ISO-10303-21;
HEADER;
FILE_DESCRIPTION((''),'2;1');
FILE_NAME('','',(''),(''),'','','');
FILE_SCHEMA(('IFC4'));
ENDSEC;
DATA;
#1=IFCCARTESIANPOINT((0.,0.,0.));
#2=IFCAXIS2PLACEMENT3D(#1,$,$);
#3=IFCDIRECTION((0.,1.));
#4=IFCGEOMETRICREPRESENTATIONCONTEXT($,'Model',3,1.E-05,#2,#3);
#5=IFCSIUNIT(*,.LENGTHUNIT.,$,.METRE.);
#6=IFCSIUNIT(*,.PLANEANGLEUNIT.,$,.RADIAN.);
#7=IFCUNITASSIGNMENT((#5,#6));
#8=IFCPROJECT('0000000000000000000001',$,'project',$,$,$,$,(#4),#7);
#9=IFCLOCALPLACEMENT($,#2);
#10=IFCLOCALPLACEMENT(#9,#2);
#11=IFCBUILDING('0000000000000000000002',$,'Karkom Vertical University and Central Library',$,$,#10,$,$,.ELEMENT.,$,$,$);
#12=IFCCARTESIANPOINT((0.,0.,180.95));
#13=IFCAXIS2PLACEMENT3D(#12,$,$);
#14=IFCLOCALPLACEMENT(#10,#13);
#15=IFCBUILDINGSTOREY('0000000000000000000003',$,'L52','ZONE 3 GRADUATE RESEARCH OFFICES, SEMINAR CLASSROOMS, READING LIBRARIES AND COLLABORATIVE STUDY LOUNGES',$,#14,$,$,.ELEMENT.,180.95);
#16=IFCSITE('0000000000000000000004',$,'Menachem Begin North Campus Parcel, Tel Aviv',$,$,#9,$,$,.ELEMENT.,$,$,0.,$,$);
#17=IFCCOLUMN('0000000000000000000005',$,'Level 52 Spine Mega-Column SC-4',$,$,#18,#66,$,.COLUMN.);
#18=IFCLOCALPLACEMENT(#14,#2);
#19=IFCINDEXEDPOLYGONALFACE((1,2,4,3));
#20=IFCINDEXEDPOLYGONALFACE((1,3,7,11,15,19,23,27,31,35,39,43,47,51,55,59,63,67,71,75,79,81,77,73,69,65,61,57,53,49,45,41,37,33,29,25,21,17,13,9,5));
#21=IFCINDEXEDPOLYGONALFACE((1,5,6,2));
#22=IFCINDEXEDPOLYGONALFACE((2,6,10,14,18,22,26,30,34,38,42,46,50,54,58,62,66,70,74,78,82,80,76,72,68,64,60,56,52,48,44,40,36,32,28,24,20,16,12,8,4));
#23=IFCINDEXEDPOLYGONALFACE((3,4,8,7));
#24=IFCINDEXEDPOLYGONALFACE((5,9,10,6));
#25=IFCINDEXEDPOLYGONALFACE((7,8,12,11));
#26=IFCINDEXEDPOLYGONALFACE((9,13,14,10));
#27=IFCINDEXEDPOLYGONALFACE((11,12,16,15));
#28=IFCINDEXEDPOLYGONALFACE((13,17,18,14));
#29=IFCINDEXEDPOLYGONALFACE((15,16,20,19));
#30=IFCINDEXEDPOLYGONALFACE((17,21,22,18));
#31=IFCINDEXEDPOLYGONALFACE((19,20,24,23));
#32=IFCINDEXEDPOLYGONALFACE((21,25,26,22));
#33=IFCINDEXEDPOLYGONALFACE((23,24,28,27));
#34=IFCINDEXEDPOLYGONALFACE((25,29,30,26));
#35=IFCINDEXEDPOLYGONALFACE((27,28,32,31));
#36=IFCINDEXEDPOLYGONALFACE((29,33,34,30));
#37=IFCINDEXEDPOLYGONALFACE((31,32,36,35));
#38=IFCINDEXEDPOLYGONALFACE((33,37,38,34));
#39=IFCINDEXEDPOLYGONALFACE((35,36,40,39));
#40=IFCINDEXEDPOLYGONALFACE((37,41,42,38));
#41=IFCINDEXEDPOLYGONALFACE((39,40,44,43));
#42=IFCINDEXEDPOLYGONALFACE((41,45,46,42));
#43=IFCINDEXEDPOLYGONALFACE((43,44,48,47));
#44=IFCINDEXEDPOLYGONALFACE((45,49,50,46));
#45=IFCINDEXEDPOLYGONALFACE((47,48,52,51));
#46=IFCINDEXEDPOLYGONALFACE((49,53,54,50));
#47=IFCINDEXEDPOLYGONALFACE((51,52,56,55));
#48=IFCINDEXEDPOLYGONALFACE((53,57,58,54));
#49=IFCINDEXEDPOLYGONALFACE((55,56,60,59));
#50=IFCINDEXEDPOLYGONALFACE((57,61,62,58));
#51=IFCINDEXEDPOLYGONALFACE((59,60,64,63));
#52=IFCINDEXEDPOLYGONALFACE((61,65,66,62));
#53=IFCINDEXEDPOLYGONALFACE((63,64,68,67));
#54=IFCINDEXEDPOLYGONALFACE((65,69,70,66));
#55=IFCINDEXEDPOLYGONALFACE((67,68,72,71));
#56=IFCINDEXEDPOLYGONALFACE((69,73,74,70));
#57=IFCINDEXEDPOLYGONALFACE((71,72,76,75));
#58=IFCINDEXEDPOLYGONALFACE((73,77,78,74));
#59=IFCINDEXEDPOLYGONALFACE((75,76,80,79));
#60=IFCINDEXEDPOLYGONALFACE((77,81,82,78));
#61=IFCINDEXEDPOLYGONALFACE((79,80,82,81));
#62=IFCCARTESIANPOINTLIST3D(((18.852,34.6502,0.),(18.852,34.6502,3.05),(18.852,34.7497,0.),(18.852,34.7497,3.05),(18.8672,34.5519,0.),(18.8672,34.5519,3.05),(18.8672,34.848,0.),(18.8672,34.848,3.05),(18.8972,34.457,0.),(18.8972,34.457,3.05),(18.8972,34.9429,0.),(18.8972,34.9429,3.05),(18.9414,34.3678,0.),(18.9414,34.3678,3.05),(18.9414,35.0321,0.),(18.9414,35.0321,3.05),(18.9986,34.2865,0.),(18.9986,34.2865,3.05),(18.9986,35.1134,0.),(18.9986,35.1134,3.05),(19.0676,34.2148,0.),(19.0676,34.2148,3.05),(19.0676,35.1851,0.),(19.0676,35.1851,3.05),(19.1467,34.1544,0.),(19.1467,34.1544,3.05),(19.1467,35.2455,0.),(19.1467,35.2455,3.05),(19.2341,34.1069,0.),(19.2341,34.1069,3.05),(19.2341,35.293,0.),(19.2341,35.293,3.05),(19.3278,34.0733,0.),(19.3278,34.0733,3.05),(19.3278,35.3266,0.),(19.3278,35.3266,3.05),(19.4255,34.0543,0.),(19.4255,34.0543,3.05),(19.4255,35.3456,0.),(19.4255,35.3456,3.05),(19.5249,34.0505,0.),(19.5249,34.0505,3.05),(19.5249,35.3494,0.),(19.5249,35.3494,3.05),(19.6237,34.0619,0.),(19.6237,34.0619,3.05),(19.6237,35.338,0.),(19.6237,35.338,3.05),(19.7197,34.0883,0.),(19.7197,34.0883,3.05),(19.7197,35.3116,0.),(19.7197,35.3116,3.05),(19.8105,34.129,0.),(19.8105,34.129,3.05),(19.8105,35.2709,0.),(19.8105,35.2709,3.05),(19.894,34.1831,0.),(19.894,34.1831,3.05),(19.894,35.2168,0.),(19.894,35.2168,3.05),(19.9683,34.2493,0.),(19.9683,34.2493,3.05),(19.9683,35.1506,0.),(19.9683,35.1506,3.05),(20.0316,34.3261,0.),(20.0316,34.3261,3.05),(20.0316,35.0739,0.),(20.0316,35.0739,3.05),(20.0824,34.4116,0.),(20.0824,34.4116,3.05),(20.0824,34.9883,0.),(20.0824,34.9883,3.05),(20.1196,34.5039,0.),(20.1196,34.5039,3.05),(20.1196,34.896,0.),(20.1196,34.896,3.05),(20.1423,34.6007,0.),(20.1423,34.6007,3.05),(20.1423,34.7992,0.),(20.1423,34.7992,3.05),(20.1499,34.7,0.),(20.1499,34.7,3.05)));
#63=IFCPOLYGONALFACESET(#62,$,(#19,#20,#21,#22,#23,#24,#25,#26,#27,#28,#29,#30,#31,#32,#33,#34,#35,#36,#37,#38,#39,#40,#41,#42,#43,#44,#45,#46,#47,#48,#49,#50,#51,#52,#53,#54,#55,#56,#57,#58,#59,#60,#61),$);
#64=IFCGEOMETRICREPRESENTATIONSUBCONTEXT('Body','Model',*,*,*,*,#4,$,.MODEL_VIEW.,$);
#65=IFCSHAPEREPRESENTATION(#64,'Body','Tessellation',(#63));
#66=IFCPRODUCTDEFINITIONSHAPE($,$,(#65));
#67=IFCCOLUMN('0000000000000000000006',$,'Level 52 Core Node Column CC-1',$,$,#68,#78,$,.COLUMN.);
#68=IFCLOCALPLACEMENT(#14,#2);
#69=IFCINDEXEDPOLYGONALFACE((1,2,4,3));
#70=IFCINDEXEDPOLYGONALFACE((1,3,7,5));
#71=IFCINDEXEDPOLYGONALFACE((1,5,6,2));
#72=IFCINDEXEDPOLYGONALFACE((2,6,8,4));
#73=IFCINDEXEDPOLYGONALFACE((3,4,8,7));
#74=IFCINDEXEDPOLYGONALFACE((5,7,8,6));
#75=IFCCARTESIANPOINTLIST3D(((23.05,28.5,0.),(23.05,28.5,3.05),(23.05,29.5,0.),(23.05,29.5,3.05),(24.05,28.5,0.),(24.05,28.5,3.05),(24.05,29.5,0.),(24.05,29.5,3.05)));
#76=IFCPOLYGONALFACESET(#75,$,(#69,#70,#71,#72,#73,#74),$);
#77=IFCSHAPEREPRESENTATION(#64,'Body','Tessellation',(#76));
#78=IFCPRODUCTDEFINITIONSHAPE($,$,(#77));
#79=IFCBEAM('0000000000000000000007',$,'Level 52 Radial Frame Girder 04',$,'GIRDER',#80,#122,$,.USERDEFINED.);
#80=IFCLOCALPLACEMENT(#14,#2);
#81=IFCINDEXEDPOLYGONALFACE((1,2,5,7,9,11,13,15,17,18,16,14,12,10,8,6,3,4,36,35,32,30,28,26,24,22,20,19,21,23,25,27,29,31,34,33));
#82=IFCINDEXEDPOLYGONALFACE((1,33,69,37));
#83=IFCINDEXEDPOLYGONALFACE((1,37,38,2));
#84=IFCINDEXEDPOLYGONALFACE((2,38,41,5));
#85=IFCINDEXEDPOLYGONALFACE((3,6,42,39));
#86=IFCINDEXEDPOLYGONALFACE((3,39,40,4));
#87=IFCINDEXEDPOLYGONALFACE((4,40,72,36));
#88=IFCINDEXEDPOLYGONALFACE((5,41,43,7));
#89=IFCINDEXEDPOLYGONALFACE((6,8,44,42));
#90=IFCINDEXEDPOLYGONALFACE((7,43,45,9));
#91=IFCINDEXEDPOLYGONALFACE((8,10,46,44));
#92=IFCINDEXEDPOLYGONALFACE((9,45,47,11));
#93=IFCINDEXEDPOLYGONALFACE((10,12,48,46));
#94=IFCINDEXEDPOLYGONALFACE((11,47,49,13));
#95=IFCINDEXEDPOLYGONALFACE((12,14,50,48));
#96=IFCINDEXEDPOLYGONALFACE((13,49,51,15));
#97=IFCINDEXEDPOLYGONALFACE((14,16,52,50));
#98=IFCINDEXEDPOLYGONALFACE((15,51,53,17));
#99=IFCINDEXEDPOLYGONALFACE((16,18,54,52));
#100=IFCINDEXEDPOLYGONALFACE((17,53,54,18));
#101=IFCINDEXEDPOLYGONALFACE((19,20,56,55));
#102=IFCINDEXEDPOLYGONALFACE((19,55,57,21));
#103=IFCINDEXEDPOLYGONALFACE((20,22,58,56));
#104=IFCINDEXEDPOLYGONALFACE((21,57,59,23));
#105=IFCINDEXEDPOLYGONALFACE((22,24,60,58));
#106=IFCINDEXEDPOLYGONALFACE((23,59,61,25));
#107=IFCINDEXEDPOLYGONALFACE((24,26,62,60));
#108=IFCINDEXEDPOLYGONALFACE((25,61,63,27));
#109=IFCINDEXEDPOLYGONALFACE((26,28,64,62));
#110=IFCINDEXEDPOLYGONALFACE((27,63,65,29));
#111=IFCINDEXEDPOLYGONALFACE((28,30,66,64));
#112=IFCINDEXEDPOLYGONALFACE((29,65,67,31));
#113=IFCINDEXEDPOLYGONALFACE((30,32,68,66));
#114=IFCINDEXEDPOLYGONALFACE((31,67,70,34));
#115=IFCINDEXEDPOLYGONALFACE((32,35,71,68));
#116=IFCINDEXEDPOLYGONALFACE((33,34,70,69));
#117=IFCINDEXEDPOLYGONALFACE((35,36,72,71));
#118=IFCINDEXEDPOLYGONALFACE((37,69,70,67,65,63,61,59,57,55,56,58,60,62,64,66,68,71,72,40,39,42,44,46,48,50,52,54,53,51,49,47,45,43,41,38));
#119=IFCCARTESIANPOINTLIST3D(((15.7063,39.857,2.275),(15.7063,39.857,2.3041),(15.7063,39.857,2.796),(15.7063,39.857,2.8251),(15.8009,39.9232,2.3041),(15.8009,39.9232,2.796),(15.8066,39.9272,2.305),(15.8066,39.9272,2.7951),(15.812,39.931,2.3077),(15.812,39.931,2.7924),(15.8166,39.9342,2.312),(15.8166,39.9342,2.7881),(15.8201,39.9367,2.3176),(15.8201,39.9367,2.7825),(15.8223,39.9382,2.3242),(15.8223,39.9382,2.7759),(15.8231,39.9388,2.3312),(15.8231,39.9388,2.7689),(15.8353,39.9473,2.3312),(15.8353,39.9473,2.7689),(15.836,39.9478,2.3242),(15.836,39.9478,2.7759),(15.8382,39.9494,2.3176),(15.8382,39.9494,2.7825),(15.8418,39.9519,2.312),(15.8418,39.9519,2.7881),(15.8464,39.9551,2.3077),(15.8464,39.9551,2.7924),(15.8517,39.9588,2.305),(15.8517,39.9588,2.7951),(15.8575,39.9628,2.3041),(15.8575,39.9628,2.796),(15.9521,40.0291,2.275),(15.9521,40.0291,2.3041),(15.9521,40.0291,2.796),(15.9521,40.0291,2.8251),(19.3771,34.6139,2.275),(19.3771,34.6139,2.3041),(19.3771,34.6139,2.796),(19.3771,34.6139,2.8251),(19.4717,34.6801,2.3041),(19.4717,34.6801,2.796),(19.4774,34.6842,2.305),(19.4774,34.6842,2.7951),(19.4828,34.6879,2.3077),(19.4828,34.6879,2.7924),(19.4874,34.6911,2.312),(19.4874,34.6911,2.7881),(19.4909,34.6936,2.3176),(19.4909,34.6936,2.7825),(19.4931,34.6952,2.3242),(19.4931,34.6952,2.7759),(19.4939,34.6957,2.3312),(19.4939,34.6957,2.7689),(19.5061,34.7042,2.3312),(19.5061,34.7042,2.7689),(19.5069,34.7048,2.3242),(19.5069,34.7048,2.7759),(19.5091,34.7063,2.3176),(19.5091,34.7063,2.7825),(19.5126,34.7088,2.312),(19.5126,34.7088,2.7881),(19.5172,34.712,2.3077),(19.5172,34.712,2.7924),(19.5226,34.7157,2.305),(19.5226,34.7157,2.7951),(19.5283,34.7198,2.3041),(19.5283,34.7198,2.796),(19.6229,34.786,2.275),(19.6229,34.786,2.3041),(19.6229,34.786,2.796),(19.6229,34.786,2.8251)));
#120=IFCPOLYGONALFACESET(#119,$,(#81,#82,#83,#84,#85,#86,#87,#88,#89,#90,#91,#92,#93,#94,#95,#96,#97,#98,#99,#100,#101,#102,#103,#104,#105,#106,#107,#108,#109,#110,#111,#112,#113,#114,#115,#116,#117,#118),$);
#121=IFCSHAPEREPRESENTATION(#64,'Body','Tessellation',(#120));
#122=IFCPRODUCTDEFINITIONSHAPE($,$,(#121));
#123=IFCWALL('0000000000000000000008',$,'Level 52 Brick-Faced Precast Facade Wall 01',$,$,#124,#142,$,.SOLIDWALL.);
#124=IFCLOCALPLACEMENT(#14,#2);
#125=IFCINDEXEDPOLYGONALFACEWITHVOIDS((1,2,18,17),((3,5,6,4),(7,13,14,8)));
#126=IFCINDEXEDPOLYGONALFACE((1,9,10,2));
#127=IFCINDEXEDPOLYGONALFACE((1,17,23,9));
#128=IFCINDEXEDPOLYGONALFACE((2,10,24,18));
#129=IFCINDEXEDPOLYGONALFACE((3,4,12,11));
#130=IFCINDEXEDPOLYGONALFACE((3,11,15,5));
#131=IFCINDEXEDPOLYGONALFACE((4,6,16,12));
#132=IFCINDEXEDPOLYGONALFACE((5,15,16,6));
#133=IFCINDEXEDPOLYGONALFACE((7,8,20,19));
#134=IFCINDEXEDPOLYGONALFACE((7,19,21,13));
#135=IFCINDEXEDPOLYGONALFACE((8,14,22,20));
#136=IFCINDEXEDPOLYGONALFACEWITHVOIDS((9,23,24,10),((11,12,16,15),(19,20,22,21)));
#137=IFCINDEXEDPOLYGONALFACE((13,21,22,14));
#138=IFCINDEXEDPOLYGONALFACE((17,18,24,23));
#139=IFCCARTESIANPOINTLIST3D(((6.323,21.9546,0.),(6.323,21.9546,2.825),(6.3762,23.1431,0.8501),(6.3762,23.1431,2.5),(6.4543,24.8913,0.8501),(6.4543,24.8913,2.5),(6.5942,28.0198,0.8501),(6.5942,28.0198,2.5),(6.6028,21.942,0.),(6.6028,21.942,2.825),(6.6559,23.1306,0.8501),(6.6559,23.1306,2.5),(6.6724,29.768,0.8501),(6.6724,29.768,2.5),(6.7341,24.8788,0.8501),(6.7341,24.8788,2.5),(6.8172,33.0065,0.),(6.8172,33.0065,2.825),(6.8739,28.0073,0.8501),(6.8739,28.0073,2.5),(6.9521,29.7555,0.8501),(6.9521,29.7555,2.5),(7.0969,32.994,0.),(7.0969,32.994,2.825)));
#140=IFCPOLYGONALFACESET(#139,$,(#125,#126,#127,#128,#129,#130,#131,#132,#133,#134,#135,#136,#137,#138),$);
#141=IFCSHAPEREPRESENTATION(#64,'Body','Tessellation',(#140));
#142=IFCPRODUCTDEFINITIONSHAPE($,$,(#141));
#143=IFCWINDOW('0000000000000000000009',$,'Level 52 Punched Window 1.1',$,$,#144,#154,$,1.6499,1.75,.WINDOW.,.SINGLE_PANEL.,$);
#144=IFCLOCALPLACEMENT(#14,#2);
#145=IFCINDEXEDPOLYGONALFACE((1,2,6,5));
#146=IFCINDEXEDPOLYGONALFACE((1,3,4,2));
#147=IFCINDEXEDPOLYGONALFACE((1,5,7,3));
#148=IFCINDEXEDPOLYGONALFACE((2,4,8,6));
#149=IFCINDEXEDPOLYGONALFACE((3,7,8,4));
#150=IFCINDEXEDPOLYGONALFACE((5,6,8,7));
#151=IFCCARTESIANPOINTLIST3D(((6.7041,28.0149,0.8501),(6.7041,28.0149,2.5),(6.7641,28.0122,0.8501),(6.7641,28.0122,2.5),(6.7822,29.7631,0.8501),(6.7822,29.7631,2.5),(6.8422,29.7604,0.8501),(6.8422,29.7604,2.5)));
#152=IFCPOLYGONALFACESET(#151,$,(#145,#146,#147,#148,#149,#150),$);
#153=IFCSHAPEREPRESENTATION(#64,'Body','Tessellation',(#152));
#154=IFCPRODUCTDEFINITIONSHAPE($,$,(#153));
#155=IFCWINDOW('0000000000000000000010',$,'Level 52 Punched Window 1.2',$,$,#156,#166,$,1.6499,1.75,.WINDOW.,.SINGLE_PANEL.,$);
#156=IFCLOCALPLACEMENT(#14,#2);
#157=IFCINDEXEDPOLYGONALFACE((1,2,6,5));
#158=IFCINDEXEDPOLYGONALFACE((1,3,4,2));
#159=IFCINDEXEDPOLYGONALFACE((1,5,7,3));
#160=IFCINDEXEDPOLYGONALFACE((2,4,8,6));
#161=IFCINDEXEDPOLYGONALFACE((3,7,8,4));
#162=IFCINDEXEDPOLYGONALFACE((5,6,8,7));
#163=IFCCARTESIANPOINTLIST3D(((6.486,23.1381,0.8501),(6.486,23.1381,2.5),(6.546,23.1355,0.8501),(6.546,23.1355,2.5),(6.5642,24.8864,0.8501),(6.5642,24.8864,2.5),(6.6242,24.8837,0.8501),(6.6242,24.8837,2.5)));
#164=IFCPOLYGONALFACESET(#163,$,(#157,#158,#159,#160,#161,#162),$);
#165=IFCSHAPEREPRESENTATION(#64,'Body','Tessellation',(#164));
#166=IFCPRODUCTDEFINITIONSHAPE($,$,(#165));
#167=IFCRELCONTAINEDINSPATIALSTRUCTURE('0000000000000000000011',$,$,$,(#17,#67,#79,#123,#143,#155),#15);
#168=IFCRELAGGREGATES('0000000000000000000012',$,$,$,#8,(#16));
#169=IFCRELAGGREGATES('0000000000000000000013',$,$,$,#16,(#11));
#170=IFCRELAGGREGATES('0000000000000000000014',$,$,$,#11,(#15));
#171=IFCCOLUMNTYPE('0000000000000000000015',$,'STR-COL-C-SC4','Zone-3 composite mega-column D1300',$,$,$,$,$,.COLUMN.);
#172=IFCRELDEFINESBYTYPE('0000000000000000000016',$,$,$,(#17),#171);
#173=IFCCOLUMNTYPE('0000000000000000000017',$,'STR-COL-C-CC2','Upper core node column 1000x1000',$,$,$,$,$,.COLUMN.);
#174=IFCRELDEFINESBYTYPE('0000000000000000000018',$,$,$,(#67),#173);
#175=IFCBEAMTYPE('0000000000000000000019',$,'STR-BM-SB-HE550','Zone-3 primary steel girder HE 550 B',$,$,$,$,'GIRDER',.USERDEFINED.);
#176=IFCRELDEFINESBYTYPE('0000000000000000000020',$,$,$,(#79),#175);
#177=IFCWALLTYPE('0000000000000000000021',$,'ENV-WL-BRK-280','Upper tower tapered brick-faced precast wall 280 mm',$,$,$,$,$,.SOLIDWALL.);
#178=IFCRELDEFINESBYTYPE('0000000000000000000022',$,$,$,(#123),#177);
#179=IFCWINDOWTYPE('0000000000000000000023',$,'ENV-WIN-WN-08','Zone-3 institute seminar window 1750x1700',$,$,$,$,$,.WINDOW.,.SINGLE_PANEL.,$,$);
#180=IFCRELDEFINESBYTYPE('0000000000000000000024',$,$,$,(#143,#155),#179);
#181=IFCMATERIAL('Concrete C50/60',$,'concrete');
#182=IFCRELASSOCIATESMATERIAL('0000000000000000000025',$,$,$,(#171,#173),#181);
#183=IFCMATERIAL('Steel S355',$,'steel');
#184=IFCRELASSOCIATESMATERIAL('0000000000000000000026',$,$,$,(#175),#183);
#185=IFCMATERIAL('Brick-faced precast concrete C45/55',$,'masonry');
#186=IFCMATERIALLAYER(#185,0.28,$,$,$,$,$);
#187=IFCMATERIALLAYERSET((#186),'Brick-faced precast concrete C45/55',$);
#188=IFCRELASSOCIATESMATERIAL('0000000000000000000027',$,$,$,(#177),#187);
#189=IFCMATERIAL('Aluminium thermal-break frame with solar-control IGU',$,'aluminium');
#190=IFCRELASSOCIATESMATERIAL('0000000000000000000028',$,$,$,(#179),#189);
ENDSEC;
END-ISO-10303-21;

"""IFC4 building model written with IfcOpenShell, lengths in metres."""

from ifc_helpers import new_model, si_unit, direction, frame, frame_2d, origin, origin_with_axes, origin_2d, place, context, subcontext, project, spatial, rectangle, circle, i_section, extrude, source, transform, mapped, material, layer, layer_set, material_profile, profile_set, type_object, element, fill, save


model = new_model("IFC4")

# Units and contexts
model_context = context("Model", 3, precision=1e-05, world=origin(), true_north=direction((0.0, 1.0)))
body_context = subcontext(model_context, "Body", "Model", "MODEL_VIEW")
ifc_project = project(units=[si_unit("LENGTHUNIT", "METRE"), si_unit("PLANEANGLEUNIT", "RADIAN")], contexts=[model_context])

# Site, building, storey
site_placement = place(None, origin())
site = spatial("IfcSite", under=ifc_project, at=site_placement, Name="Menachem Begin North Campus Parcel, Tel Aviv", CompositionType="ELEMENT", RefElevation=0.0)
building_placement = place(site_placement, origin())
building = spatial("IfcBuilding", under=site, at=building_placement, Name="Karkom Vertical University and Central Library", CompositionType="ELEMENT")
storey_placement = place(building_placement, frame((0.0, 0.0, 180.95)))
storey = spatial("IfcBuildingStorey", under=building, at=storey_placement, Name="L52", Description="ZONE 3 GRADUATE RESEARCH OFFICES, SEMINAR CLASSROOMS, READING LIBRARIES AND COLLABORATIVE STUDY LOUNGES", CompositionType="ELEMENT", Elevation=180.95)

# Columns
ifc_material_1 = material(Name="Concrete C50/60", Category="concrete")
ifc_material_profile_1 = material_profile(ifc_material_1, circle(Radius=0.6499, at=origin_2d()), Name="CFT-D1300")
ifc_profile_set_1 = profile_set([ifc_material_profile_1], Name="Concrete C50/60")
column_type_1 = type_object("IfcColumnType", Name="STR-COL-C-SC4", Description="Zone-3 composite mega-column D1300", PredefinedType="COLUMN", material=ifc_profile_set_1)
shared_shape_1 = source(origin_with_axes(), body_context, "Body", "SweptSolid", [
    extrude(circle(Radius=0.6499, at=origin_2d()), origin(), (0.0, 0.0, 1.0), 3.05),
])
column_1_placement = place(storey_placement, frame((19.5, 34.7, 0.0), z_axis=(0.0, 0.0, 1.0), x_axis=(1.0, 0.0, 0.0)))
element("IfcColumn", 1, at=column_1_placement, inside=storey, type_object=column_type_1, Name="Level 52 Spine Mega-Column SC-4", PredefinedType="COLUMN", context=body_context, shape_type="MappedRepresentation", body=[
    mapped(shared_shape_1, transform((0.0, 0.0, 0.0), scale=1.0)),
])
ifc_material_profile_2 = material_profile(ifc_material_1, rectangle(XDim=1.0, YDim=1.0, at=origin_2d()), Name="RC-1000x1000")
ifc_profile_set_2 = profile_set([ifc_material_profile_2], Name="Concrete C50/60")
column_type_2 = type_object("IfcColumnType", Name="STR-COL-C-CC2", Description="Upper core node column 1000x1000", PredefinedType="COLUMN", material=ifc_profile_set_2)
shared_shape_2 = source(origin_with_axes(), body_context, "Body", "SweptSolid", [
    extrude(rectangle(XDim=1.0, YDim=1.0, at=origin_2d()), origin(), (0.0, 0.0, 1.0), 3.05),
])
column_2_placement = place(storey_placement, frame((23.55, 29.0, 0.0), z_axis=(0.0, 0.0, 1.0), x_axis=(1.0, 0.0, 0.0)))
element("IfcColumn", 2, at=column_2_placement, inside=storey, type_object=column_type_2, Name="Level 52 Core Node Column CC-1", PredefinedType="COLUMN", context=body_context, shape_type="MappedRepresentation", body=[
    mapped(shared_shape_2, transform((0.0, 0.0, 0.0), scale=1.0)),
])

# Beam
ifc_material_2 = material(Name="Steel S355", Category="steel")
ifc_material_profile_3 = material_profile(ifc_material_2, i_section(OverallWidth=0.3, OverallDepth=0.55, WebThickness=0.0149, FlangeThickness=0.0291, FilletRadius=0.0271, at=origin_2d()), Name="HE 550 B")
ifc_profile_set_3 = profile_set([ifc_material_profile_3], Name="Steel S355")
beam_type = type_object("IfcBeamType", Name="STR-BM-SB-HE550", Description="Zone-3 primary steel girder HE 550 B", ElementType="GIRDER", PredefinedType="USERDEFINED", material=ifc_profile_set_3)
shared_shape_3 = source(origin_with_axes(), body_context, "Body", "SweptSolid", [
    extrude(i_section(OverallWidth=0.3, OverallDepth=0.55, WebThickness=0.0149, FlangeThickness=0.0291, FilletRadius=0.0271, at=origin_2d()), origin(), (0.0, 0.0, 1.0), 6.4004),
])
beam_placement = place(storey_placement, frame((19.5, 34.7, 2.55), z_axis=(-0.573534, 0.819182, 0.0), x_axis=(-0.819182, -0.573534, 0.0)))
element("IfcBeam", 3, at=beam_placement, inside=storey, type_object=beam_type, Name="Level 52 Radial Frame Girder 04", ObjectType="GIRDER", PredefinedType="USERDEFINED", context=body_context, shape_type="MappedRepresentation", body=[
    mapped(shared_shape_3, transform((0.0, 0.0, 0.0), scale=1.0)),
])

# Wall, openings, windows
ifc_material_3 = material(Name="Brick-faced precast concrete C45/55", Category="masonry")
ifc_layer_1 = layer(ifc_material_3, 0.28)
ifc_layer_set_1 = layer_set([ifc_layer_1], Name="Brick-faced precast concrete C45/55")
wall_type_1 = type_object("IfcWallType", Name="ENV-WL-BRK-280", Description="Upper tower tapered brick-faced precast wall 280 mm", PredefinedType="SOLIDWALL", material=ifc_layer_set_1)
wall_1_placement = place(storey_placement, frame((6.957, 33.0002, 0.0), z_axis=(0.0, 0.0, 1.0), x_axis=(-0.044666, -0.999002, 0.0)))
wall_1 = element("IfcWall", 4, at=wall_1_placement, inside=storey, type_object=wall_type_1, Name="Level 52 Brick-Faced Precast Facade Wall 01", PredefinedType="SOLIDWALL", context=body_context, shape_type="SweptSolid", body=[
    extrude(rectangle(XDim=11.063, YDim=0.28, at=frame_2d((5.5315, 0.0))), origin(), (0.0, 0.0, 1.0), 2.825),
])
opening_1_placement = place(wall_1_placement, frame((3.2417, 0.0, 0.8501)))
opening_1 = element("IfcOpeningElement", 5, at=opening_1_placement, cuts=wall_1, PredefinedType="OPENING", context=body_context, shape_type="SweptSolid", body=[
    extrude(rectangle(XDim=1.75, YDim=1.6499, at=frame_2d((0.875, 0.825))), frame((0.0, 0.1499, 0.0), z_axis=(0.0, -1.0, 0.0), x_axis=(1.0, 0.0, 0.0)), (0.0, 0.0, 1.0), 0.3),
])
opening_2_placement = place(wall_1_placement, frame((8.1233, 0.0, 0.8501)))
opening_2 = element("IfcOpeningElement", 6, at=opening_2_placement, cuts=wall_1, PredefinedType="OPENING", context=body_context, shape_type="SweptSolid", body=[
    extrude(rectangle(XDim=1.75, YDim=1.6499, at=frame_2d((0.875, 0.825))), frame((0.0, 0.1499, 0.0), z_axis=(0.0, -1.0, 0.0), x_axis=(1.0, 0.0, 0.0)), (0.0, 0.0, 1.0), 0.3),
])
ifc_material_4 = material(Name="Aluminium thermal-break frame with solar-control IGU", Category="aluminium")
window_type = type_object("IfcWindowType", Name="ENV-WIN-WN-08", Description="Zone-3 institute seminar window 1750x1700", PartitioningType="SINGLE_PANEL", PredefinedType="WINDOW", material=ifc_material_4)
shared_shape_4 = source(origin_with_axes(), body_context, "Body", "SweptSolid", [
    extrude(rectangle(XDim=1.75, YDim=1.6499, at=frame_2d((0.875, 0.825))), frame((0.0, 0.03, 0.0), z_axis=(0.0, -1.0, 0.0), x_axis=(1.0, 0.0, 0.0)), (0.0, 0.0, 1.0), 0.0601),
])
window_1_placement = place(opening_1_placement, origin())
window_1 = element("IfcWindow", 7, at=window_1_placement, inside=storey, type_object=window_type, Name="Level 52 Punched Window 1.1", OverallHeight=1.6499, OverallWidth=1.75, PartitioningType="SINGLE_PANEL", PredefinedType="WINDOW", context=body_context, shape_type="MappedRepresentation", body=[
    mapped(shared_shape_4, transform((0.0, 0.0, 0.0), scale=1.0)),
])
fill(opening_1, window_1)
window_2_placement = place(opening_2_placement, origin())
window_2 = element("IfcWindow", 8, at=window_2_placement, inside=storey, type_object=window_type, Name="Level 52 Punched Window 1.2", OverallHeight=1.6499, OverallWidth=1.75, PartitioningType="SINGLE_PANEL", PredefinedType="WINDOW", context=body_context, shape_type="MappedRepresentation", body=[
    mapped(shared_shape_4, transform((0.0, 0.0, 0.0), scale=1.0)),
])
fill(opening_2, window_2)

save(model, "model.ifc")
